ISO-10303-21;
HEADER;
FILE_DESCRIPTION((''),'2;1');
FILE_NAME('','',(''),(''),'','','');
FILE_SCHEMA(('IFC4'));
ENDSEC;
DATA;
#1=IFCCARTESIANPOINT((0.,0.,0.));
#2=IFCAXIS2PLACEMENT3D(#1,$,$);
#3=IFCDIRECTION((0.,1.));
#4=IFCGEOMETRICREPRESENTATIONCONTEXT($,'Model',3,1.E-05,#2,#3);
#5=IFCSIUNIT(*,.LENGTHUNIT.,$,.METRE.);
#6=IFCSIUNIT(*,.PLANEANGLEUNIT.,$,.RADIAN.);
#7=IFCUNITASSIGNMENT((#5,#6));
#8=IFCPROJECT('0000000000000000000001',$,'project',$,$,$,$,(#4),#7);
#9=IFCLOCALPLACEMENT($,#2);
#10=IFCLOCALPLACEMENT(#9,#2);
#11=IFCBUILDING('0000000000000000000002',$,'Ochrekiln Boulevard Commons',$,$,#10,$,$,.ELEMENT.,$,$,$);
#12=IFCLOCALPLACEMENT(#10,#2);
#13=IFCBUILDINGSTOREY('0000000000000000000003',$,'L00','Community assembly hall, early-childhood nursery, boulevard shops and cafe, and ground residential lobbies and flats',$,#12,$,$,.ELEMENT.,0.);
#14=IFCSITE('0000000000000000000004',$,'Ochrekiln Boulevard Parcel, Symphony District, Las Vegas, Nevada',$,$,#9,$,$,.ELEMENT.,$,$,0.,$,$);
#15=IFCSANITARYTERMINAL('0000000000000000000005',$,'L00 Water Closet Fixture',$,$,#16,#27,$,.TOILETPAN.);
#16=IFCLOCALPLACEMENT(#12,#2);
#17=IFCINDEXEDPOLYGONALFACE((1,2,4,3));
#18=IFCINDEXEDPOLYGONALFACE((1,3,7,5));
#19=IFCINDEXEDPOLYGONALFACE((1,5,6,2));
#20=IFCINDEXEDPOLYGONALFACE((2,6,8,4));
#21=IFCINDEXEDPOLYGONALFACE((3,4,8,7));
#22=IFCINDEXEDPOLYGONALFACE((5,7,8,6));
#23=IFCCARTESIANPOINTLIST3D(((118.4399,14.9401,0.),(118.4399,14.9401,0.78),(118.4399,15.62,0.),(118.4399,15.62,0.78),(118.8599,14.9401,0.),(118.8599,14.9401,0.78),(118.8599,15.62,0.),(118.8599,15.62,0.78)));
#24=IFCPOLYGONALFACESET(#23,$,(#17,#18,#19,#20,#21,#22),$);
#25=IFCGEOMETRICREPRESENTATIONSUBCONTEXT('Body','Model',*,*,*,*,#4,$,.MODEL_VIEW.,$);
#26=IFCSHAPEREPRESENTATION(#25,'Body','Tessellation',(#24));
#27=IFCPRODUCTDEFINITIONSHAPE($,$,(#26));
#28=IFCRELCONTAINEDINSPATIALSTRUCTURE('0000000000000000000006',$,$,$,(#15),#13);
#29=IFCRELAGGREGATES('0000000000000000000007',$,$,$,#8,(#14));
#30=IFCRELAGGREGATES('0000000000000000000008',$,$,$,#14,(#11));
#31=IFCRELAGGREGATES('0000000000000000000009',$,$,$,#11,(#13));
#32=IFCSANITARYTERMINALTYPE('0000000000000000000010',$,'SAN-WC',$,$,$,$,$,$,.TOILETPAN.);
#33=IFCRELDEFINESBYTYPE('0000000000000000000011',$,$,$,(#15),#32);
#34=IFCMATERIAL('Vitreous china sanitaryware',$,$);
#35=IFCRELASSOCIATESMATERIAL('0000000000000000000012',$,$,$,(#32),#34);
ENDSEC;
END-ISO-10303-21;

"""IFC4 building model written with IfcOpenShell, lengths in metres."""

from ifc_helpers import new_model, si_unit, direction, frame, origin, origin_2d, place, context, subcontext, project, spatial, rectangle, extrude, material, type_object, element, save


model = new_model("IFC4")

# Units and contexts
model_context = context("Model", 3, precision=1e-05, world=origin(), true_north=direction((0.0, 1.0)))
body_context = subcontext(model_context, "Body", "Model", "MODEL_VIEW")
ifc_project = project(units=[si_unit("LENGTHUNIT", "METRE"), si_unit("PLANEANGLEUNIT", "RADIAN")], contexts=[model_context])

# Site, building, storey
site_placement = place(None, origin())
site = spatial("IfcSite", under=ifc_project, at=site_placement, Name="Ochrekiln Boulevard Parcel, Symphony District, Las Vegas, Nevada", CompositionType="ELEMENT", RefElevation=0.0)
building_placement = place(site_placement, origin())
building = spatial("IfcBuilding", under=site, at=building_placement, Name="Ochrekiln Boulevard Commons", CompositionType="ELEMENT")
storey_placement = place(building_placement, origin())
storey = spatial("IfcBuildingStorey", under=building, at=storey_placement, Name="L00", Description="Community assembly hall, early-childhood nursery, boulevard shops and cafe, and ground residential lobbies and flats", CompositionType="ELEMENT", Elevation=0.0)

# Sanitary terminal
ifc_material_1 = material(Name="Vitreous china sanitaryware")
sanitary_terminal_type_1 = type_object("IfcSanitaryTerminalType", Name="SAN-WC", PredefinedType="TOILETPAN", material=ifc_material_1)
sanitary_terminal_1_placement = place(storey_placement, frame((118.6499, 15.28, 0.0), z_axis=(0.0, 0.0, 1.0), x_axis=(1.0, 0.0, 0.0)))
element("IfcSanitaryTerminal", 1, at=sanitary_terminal_1_placement, inside=storey, type_object=sanitary_terminal_type_1, Name="L00 Water Closet Fixture", PredefinedType="TOILETPAN", context=body_context, shape_type="SweptSolid", body=[
    extrude(rectangle(XDim=0.4199, YDim=0.6799, at=origin_2d()), origin(), (0.0, 0.0, 1.0), 0.78),
])

save(model, "model.ifc")
